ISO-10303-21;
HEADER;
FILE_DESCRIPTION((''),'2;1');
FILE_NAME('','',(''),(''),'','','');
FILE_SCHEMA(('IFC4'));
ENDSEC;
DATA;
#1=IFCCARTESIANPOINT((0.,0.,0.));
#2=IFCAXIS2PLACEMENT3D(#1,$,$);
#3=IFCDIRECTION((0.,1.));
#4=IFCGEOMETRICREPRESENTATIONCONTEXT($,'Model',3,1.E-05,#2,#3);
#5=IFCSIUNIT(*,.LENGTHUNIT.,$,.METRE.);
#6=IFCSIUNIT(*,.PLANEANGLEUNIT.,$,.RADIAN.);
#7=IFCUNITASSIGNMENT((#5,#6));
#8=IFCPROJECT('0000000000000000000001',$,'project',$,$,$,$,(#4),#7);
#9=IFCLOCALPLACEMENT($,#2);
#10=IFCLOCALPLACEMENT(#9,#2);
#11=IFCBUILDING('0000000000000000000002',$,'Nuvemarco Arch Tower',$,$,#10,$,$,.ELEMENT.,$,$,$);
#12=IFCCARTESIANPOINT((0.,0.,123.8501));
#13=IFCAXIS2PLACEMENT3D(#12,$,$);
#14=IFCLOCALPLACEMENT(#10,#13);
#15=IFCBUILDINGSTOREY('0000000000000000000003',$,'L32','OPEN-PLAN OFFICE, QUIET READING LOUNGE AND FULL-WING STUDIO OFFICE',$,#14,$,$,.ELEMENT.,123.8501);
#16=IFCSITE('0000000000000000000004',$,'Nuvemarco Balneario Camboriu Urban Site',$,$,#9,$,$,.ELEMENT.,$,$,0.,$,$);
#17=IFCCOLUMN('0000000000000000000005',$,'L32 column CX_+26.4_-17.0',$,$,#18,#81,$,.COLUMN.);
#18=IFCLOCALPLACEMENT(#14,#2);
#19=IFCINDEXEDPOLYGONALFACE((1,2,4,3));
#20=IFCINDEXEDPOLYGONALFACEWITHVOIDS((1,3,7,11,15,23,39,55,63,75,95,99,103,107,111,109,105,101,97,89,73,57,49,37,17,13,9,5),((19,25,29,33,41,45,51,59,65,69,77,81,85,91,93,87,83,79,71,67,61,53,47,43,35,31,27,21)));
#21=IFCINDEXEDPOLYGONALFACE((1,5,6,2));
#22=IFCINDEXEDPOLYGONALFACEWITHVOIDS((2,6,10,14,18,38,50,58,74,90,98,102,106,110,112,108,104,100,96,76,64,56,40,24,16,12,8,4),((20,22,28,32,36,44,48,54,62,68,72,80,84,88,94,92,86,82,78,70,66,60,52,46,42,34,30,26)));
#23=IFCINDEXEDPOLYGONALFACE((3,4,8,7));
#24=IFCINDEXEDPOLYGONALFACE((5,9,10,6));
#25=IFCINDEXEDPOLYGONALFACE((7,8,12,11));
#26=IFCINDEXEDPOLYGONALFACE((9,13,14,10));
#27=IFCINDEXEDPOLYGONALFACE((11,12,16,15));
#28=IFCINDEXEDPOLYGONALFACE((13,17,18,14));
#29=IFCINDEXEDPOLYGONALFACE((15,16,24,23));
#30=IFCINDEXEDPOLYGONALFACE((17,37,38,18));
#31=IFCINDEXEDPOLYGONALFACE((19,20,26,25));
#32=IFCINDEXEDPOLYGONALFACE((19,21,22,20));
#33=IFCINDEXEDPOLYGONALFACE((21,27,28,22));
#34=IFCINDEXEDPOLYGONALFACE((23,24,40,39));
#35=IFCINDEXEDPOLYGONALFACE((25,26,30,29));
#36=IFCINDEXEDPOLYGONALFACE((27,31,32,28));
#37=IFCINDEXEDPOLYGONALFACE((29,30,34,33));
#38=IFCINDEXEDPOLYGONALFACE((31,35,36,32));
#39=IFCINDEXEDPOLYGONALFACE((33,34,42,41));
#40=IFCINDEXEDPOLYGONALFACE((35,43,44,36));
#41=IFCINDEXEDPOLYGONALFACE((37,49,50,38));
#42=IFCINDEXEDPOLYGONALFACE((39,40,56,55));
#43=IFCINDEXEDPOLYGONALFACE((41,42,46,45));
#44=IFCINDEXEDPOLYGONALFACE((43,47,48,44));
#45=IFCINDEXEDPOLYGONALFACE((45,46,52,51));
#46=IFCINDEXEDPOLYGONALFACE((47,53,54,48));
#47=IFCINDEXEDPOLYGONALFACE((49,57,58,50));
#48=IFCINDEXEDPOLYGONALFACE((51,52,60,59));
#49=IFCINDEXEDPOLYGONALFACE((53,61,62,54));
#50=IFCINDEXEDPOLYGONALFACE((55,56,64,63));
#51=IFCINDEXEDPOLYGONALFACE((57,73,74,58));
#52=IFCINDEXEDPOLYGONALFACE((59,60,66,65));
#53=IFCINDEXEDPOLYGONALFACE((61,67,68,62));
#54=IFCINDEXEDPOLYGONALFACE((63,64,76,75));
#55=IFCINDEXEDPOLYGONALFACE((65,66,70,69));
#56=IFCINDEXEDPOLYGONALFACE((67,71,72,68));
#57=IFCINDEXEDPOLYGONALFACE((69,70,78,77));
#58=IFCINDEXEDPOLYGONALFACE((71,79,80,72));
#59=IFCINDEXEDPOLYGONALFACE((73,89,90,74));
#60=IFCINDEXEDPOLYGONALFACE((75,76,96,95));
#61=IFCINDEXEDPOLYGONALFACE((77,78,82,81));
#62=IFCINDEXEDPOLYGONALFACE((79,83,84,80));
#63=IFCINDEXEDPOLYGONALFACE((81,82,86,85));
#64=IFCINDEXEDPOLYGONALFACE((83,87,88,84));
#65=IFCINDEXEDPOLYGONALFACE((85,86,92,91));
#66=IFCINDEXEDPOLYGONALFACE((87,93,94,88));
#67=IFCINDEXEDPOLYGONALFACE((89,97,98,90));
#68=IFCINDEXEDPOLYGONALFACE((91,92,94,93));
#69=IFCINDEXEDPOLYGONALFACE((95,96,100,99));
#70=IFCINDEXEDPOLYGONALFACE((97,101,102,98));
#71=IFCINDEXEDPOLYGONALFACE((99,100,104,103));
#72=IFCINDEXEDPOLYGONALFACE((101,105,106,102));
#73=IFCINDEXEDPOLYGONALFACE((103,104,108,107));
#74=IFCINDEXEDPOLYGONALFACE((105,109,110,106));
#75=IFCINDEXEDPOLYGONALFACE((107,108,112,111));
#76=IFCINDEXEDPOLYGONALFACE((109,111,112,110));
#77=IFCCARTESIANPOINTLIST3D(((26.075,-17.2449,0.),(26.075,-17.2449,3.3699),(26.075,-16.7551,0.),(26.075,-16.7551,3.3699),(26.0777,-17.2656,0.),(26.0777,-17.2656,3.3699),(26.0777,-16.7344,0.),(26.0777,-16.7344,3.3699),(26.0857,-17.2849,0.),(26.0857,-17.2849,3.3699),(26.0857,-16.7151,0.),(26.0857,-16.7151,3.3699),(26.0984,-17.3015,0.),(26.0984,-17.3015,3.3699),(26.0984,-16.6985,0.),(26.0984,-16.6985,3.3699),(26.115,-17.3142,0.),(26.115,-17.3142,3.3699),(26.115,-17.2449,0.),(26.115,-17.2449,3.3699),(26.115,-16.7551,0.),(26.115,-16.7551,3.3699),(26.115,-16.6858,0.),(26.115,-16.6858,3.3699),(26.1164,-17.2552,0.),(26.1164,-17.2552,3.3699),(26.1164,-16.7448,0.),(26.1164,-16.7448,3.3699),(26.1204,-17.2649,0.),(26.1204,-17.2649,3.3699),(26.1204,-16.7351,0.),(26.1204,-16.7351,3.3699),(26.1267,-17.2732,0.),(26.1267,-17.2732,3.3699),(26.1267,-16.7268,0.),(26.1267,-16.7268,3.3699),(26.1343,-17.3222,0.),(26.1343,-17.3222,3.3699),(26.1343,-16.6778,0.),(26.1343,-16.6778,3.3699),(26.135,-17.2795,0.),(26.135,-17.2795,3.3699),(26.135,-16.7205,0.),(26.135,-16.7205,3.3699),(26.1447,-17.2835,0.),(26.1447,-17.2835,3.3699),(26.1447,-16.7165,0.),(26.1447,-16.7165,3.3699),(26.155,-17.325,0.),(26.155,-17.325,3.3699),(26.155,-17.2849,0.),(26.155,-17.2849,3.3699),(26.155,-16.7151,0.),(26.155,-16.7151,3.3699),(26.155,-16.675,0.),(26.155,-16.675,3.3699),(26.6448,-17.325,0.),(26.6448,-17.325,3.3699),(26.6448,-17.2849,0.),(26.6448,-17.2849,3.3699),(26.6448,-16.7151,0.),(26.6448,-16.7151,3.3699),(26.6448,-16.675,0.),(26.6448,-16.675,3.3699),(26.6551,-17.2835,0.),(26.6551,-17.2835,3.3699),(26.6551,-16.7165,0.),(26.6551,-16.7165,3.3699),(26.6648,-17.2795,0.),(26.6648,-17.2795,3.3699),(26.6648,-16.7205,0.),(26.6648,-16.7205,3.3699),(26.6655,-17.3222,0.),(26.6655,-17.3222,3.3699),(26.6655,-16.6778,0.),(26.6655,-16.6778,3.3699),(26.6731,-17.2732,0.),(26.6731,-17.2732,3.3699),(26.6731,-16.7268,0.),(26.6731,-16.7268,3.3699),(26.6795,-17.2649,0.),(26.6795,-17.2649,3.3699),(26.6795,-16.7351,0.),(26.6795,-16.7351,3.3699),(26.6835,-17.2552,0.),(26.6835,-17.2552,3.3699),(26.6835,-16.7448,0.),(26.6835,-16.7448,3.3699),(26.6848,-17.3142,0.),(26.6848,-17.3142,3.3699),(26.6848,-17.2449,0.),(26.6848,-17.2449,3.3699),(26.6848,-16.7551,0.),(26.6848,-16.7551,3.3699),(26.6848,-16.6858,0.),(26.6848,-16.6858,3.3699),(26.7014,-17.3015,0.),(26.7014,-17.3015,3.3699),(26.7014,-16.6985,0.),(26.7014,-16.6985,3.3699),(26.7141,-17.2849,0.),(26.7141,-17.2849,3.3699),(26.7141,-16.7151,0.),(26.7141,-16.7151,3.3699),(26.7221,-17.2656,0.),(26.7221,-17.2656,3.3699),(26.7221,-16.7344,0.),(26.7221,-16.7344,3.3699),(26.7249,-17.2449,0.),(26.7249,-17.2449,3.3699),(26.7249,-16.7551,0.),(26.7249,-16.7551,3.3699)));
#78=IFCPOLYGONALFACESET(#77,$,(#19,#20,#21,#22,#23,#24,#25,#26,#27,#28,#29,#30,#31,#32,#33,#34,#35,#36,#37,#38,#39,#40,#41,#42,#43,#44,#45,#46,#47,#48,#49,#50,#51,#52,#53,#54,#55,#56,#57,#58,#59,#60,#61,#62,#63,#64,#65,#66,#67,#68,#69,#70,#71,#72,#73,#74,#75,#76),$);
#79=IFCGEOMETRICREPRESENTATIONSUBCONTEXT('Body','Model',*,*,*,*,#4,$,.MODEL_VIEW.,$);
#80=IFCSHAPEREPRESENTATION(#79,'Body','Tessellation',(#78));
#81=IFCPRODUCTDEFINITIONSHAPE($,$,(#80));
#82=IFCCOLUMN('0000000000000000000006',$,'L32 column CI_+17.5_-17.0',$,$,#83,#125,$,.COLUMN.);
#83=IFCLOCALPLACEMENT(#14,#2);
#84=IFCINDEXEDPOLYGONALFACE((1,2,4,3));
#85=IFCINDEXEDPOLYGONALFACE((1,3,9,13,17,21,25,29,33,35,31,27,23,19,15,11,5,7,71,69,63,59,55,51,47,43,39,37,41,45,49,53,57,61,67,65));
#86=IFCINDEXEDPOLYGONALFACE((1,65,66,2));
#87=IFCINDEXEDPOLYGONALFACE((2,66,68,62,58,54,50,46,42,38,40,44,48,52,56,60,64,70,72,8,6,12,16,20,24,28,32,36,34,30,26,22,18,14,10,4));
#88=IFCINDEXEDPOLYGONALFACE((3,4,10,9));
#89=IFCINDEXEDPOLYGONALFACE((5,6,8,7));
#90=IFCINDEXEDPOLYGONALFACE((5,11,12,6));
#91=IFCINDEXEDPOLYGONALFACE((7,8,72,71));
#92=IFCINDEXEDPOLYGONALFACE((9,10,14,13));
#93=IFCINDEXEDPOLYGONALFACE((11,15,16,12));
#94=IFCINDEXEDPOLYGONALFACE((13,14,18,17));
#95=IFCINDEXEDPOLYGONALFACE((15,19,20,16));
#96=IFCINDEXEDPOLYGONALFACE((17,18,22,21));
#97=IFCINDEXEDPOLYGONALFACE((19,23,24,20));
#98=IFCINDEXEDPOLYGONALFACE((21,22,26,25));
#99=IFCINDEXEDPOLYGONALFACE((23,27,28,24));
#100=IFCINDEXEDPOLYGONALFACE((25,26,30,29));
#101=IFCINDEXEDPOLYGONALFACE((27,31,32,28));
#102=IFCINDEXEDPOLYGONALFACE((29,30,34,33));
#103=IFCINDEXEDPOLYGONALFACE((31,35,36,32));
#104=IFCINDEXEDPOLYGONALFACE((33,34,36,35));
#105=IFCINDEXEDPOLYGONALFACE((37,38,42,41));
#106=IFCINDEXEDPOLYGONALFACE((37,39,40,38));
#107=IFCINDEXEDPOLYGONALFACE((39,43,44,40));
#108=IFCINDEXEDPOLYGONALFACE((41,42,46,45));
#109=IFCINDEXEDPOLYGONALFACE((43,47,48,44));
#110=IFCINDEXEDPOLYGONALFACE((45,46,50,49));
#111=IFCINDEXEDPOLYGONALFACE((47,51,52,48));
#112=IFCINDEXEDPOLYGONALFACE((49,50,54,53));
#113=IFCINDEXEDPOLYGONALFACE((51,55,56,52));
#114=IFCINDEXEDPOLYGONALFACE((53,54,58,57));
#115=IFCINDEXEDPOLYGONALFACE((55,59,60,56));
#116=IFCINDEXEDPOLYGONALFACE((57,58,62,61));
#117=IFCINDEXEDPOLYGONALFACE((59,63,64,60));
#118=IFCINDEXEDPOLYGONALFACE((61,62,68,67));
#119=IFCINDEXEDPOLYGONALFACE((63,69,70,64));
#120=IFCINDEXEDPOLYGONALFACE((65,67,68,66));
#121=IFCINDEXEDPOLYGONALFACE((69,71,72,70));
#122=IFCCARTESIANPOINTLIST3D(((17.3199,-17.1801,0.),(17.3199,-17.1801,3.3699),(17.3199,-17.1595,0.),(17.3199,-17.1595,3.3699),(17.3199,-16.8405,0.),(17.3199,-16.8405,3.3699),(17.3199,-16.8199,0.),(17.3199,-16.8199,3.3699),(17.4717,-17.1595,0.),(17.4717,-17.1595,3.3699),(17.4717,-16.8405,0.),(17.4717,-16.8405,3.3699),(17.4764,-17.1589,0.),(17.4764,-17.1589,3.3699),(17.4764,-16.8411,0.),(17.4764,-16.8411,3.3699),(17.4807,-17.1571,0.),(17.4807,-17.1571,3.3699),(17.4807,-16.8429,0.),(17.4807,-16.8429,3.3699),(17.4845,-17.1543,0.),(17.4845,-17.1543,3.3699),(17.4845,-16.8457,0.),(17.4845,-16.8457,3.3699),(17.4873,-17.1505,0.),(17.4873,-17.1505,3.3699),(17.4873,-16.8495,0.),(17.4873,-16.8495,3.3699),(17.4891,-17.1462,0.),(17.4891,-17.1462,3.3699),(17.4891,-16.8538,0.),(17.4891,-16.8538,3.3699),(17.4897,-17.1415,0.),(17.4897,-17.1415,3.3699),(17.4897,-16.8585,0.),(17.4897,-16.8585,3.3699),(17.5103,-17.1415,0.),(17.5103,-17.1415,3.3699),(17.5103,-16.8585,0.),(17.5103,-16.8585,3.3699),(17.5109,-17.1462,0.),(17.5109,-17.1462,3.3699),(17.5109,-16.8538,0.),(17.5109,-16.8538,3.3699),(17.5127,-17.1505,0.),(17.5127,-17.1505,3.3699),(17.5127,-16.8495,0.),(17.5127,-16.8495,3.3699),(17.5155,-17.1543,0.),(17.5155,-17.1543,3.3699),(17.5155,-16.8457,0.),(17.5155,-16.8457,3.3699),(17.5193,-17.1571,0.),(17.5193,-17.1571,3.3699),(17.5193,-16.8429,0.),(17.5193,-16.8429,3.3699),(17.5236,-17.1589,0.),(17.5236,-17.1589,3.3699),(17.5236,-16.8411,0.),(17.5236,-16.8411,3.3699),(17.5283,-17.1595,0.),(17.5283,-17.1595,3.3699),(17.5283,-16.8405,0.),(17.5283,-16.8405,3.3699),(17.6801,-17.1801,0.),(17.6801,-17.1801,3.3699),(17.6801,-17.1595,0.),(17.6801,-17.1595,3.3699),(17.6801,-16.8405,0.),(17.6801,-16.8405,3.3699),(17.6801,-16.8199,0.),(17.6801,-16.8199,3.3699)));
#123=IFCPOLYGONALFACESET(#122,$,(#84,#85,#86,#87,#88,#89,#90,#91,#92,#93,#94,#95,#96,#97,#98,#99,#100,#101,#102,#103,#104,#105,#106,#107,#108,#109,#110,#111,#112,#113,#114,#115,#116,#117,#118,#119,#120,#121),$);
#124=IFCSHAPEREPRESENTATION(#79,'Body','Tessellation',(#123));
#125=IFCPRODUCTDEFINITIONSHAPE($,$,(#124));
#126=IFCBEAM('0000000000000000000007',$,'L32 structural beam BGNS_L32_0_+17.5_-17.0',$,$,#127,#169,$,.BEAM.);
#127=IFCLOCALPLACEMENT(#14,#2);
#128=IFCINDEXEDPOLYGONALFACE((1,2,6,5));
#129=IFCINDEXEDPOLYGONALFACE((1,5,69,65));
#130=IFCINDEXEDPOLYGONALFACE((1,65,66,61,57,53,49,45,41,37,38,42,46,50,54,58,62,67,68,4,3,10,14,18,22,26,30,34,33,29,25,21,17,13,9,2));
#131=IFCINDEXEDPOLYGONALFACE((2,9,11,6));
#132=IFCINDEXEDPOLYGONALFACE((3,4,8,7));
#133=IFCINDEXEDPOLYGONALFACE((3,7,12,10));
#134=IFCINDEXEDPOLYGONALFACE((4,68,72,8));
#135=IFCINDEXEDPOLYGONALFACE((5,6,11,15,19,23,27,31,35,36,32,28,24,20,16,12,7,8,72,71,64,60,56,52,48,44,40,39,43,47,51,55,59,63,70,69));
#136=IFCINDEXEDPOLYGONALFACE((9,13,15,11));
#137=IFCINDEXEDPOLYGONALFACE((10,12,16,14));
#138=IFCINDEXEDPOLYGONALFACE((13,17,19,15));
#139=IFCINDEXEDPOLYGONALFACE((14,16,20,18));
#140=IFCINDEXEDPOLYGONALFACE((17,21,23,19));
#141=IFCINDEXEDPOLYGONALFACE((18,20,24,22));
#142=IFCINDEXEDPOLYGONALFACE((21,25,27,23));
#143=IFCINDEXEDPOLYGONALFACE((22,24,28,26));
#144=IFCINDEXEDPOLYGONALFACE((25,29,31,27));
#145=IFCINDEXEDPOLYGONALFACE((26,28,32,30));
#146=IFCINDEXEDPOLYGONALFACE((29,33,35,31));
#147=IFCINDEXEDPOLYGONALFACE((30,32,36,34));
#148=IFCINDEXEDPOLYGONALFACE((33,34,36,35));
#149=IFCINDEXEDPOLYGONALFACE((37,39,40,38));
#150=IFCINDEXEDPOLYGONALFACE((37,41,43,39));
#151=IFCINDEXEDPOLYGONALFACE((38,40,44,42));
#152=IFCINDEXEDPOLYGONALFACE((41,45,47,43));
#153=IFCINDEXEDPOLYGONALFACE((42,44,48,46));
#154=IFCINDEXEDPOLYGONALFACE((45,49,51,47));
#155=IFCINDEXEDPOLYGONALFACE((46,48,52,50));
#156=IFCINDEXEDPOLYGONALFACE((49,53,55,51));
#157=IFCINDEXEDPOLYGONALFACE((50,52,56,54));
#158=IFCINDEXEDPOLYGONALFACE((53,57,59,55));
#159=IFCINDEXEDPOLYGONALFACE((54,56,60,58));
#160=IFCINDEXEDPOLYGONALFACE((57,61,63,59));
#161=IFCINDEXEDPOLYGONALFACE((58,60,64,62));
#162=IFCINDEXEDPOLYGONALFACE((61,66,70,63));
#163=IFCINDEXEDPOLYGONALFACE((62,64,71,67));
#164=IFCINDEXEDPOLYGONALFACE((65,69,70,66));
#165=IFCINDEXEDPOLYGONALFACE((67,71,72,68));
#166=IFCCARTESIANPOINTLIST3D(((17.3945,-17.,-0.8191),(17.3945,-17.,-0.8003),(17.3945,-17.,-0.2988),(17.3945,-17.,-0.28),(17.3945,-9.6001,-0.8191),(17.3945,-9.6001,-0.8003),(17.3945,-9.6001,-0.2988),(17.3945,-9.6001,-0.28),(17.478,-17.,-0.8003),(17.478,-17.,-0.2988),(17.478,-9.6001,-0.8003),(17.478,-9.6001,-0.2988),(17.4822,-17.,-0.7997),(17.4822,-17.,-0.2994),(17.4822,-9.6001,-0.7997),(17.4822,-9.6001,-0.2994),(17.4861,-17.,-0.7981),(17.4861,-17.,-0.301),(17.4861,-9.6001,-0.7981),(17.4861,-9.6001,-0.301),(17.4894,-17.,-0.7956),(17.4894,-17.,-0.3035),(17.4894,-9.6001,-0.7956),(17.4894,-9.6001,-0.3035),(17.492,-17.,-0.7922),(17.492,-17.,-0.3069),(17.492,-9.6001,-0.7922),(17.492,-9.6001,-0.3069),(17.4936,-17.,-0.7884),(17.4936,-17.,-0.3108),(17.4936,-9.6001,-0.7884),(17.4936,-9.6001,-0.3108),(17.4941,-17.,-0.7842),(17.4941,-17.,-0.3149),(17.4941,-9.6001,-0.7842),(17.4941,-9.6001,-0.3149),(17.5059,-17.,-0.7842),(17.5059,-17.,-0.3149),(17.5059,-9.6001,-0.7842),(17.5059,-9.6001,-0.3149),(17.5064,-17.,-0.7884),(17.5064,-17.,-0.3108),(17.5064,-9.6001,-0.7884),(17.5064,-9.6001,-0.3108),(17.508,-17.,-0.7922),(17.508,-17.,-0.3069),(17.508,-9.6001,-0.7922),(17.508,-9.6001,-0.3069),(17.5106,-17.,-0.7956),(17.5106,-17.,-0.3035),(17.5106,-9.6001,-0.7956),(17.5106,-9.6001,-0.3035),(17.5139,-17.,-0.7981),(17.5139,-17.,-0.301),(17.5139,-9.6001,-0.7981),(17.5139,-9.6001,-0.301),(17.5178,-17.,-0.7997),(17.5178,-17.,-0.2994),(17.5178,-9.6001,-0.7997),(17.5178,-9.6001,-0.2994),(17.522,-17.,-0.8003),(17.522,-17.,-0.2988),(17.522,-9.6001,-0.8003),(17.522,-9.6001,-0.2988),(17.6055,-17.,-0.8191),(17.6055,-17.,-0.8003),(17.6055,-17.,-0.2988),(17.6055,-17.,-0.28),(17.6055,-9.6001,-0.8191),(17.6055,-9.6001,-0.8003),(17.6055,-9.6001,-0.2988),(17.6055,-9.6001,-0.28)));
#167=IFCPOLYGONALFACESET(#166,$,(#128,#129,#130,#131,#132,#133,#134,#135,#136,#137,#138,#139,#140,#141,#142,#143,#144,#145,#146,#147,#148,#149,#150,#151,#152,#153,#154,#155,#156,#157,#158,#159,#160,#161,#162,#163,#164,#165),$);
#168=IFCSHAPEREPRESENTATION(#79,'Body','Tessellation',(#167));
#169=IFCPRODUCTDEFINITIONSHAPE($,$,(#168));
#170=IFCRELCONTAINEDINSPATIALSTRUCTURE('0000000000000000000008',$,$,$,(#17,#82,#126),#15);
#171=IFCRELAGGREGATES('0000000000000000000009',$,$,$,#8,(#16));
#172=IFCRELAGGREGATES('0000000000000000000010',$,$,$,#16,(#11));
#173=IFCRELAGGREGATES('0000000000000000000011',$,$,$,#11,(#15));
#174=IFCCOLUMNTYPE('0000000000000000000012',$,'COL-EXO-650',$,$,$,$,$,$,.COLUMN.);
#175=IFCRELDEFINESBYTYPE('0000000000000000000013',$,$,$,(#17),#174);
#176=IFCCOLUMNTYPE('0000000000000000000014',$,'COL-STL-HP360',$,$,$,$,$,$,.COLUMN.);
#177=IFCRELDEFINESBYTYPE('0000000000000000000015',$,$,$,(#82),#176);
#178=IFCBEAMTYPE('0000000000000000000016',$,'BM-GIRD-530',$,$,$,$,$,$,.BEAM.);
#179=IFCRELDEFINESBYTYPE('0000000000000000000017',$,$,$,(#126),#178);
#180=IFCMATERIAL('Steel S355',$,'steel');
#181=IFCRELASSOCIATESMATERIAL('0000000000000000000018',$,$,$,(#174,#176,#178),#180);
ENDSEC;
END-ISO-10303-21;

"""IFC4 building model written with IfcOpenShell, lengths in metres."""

from ifc_helpers import new_model, si_unit, direction, frame, origin, origin_2d, place, context, subcontext, project, spatial, hollow_rectangle, i_section, extrude, material, material_profile, profile_set, type_object, element, save


model = new_model("IFC4")

# Units and contexts
model_context = context("Model", 3, precision=1e-05, world=origin(), true_north=direction((0.0, 1.0)))
body_context = subcontext(model_context, "Body", "Model", "MODEL_VIEW")
ifc_project = project(units=[si_unit("LENGTHUNIT", "METRE"), si_unit("PLANEANGLEUNIT", "RADIAN")], contexts=[model_context])

# Site, building, storey
site_placement = place(None, origin())
site = spatial("IfcSite", under=ifc_project, at=site_placement, Name="Nuvemarco Balneario Camboriu Urban Site", CompositionType="ELEMENT", RefElevation=0.0)
building_placement = place(site_placement, origin())
building = spatial("IfcBuilding", under=site, at=building_placement, Name="Nuvemarco Arch Tower", CompositionType="ELEMENT")
storey_placement = place(building_placement, frame((0.0, 0.0, 123.8501)))
storey = spatial("IfcBuildingStorey", under=building, at=storey_placement, Name="L32", Description="OPEN-PLAN OFFICE, QUIET READING LOUNGE AND FULL-WING STUDIO OFFICE", CompositionType="ELEMENT", Elevation=123.8501)

# Columns
ifc_material_1 = material(Name="Steel S355", Category="steel")
ifc_material_profile_1 = material_profile(ifc_material_1, hollow_rectangle(XDim=0.6499, YDim=0.6499, WallThickness=0.04, InnerFilletRadius=0.04, OuterFilletRadius=0.0801, at=origin_2d()), Name="SHS650x650x40")
ifc_profile_set_1 = profile_set([ifc_material_profile_1], Name="Steel S355")
column_type_1 = type_object("IfcColumnType", Name="COL-EXO-650", PredefinedType="COLUMN", material=ifc_profile_set_1)
column_1_placement = place(storey_placement, frame((26.3999, -17.0, 0.0), z_axis=(0.0, 0.0, 1.0), x_axis=(1.0, 0.0, 0.0)))
element("IfcColumn", 1, at=column_1_placement, inside=storey, type_object=column_type_1, Name="L32 column CX_+26.4_-17.0", PredefinedType="COLUMN", context=body_context, shape_type="SweptSolid", body=[
    extrude(hollow_rectangle(XDim=0.6499, YDim=0.6499, WallThickness=0.04, InnerFilletRadius=0.04, OuterFilletRadius=0.0801, at=origin_2d()), origin(), (0.0, 0.0, 1.0), 3.3699),
])
ifc_material_profile_2 = material_profile(ifc_material_1, i_section(OverallWidth=0.3601, OverallDepth=0.3601, WebThickness=0.0205, FlangeThickness=0.0205, FilletRadius=0.0181, at=origin_2d()), Name="HP360x174")
ifc_profile_set_2 = profile_set([ifc_material_profile_2], Name="Steel S355")
column_type_2 = type_object("IfcColumnType", Name="COL-STL-HP360", PredefinedType="COLUMN", material=ifc_profile_set_2)
column_2_placement = place(storey_placement, frame((17.5, -17.0, 0.0), z_axis=(0.0, 0.0, 1.0), x_axis=(1.0, 0.0, 0.0)))
element("IfcColumn", 2, at=column_2_placement, inside=storey, type_object=column_type_2, Name="L32 column CI_+17.5_-17.0", PredefinedType="COLUMN", context=body_context, shape_type="SweptSolid", body=[
    extrude(i_section(OverallWidth=0.3601, OverallDepth=0.3601, WebThickness=0.0205, FlangeThickness=0.0205, FilletRadius=0.0181, at=origin_2d()), origin(), (0.0, 0.0, 1.0), 3.3699),
])

# Beam
ifc_material_profile_3 = material_profile(ifc_material_1, i_section(OverallWidth=0.2109, OverallDepth=0.5391, WebThickness=0.0117, FlangeThickness=0.0188, FilletRadius=0.0161, at=origin_2d()), Name="W530x109")
ifc_profile_set_3 = profile_set([ifc_material_profile_3], Name="Steel S355")
beam_type_1 = type_object("IfcBeamType", Name="BM-GIRD-530", PredefinedType="BEAM", material=ifc_profile_set_3)
beam_1_placement = place(storey_placement, frame((17.5, -17.0, -0.5496), z_axis=(0.0, 1.0, 0.0), x_axis=(-1.0, 0.0, 0.0)))
element("IfcBeam", 3, at=beam_1_placement, inside=storey, type_object=beam_type_1, Name="L32 structural beam BGNS_L32_0_+17.5_-17.0", PredefinedType="BEAM", context=body_context, shape_type="SweptSolid", body=[
    extrude(i_section(OverallWidth=0.2109, OverallDepth=0.5391, WebThickness=0.0117, FlangeThickness=0.0188, FilletRadius=0.0161, at=origin_2d()), origin(), (0.0, 0.0, 1.0), 7.3999),
])

save(model, "model.ifc")
